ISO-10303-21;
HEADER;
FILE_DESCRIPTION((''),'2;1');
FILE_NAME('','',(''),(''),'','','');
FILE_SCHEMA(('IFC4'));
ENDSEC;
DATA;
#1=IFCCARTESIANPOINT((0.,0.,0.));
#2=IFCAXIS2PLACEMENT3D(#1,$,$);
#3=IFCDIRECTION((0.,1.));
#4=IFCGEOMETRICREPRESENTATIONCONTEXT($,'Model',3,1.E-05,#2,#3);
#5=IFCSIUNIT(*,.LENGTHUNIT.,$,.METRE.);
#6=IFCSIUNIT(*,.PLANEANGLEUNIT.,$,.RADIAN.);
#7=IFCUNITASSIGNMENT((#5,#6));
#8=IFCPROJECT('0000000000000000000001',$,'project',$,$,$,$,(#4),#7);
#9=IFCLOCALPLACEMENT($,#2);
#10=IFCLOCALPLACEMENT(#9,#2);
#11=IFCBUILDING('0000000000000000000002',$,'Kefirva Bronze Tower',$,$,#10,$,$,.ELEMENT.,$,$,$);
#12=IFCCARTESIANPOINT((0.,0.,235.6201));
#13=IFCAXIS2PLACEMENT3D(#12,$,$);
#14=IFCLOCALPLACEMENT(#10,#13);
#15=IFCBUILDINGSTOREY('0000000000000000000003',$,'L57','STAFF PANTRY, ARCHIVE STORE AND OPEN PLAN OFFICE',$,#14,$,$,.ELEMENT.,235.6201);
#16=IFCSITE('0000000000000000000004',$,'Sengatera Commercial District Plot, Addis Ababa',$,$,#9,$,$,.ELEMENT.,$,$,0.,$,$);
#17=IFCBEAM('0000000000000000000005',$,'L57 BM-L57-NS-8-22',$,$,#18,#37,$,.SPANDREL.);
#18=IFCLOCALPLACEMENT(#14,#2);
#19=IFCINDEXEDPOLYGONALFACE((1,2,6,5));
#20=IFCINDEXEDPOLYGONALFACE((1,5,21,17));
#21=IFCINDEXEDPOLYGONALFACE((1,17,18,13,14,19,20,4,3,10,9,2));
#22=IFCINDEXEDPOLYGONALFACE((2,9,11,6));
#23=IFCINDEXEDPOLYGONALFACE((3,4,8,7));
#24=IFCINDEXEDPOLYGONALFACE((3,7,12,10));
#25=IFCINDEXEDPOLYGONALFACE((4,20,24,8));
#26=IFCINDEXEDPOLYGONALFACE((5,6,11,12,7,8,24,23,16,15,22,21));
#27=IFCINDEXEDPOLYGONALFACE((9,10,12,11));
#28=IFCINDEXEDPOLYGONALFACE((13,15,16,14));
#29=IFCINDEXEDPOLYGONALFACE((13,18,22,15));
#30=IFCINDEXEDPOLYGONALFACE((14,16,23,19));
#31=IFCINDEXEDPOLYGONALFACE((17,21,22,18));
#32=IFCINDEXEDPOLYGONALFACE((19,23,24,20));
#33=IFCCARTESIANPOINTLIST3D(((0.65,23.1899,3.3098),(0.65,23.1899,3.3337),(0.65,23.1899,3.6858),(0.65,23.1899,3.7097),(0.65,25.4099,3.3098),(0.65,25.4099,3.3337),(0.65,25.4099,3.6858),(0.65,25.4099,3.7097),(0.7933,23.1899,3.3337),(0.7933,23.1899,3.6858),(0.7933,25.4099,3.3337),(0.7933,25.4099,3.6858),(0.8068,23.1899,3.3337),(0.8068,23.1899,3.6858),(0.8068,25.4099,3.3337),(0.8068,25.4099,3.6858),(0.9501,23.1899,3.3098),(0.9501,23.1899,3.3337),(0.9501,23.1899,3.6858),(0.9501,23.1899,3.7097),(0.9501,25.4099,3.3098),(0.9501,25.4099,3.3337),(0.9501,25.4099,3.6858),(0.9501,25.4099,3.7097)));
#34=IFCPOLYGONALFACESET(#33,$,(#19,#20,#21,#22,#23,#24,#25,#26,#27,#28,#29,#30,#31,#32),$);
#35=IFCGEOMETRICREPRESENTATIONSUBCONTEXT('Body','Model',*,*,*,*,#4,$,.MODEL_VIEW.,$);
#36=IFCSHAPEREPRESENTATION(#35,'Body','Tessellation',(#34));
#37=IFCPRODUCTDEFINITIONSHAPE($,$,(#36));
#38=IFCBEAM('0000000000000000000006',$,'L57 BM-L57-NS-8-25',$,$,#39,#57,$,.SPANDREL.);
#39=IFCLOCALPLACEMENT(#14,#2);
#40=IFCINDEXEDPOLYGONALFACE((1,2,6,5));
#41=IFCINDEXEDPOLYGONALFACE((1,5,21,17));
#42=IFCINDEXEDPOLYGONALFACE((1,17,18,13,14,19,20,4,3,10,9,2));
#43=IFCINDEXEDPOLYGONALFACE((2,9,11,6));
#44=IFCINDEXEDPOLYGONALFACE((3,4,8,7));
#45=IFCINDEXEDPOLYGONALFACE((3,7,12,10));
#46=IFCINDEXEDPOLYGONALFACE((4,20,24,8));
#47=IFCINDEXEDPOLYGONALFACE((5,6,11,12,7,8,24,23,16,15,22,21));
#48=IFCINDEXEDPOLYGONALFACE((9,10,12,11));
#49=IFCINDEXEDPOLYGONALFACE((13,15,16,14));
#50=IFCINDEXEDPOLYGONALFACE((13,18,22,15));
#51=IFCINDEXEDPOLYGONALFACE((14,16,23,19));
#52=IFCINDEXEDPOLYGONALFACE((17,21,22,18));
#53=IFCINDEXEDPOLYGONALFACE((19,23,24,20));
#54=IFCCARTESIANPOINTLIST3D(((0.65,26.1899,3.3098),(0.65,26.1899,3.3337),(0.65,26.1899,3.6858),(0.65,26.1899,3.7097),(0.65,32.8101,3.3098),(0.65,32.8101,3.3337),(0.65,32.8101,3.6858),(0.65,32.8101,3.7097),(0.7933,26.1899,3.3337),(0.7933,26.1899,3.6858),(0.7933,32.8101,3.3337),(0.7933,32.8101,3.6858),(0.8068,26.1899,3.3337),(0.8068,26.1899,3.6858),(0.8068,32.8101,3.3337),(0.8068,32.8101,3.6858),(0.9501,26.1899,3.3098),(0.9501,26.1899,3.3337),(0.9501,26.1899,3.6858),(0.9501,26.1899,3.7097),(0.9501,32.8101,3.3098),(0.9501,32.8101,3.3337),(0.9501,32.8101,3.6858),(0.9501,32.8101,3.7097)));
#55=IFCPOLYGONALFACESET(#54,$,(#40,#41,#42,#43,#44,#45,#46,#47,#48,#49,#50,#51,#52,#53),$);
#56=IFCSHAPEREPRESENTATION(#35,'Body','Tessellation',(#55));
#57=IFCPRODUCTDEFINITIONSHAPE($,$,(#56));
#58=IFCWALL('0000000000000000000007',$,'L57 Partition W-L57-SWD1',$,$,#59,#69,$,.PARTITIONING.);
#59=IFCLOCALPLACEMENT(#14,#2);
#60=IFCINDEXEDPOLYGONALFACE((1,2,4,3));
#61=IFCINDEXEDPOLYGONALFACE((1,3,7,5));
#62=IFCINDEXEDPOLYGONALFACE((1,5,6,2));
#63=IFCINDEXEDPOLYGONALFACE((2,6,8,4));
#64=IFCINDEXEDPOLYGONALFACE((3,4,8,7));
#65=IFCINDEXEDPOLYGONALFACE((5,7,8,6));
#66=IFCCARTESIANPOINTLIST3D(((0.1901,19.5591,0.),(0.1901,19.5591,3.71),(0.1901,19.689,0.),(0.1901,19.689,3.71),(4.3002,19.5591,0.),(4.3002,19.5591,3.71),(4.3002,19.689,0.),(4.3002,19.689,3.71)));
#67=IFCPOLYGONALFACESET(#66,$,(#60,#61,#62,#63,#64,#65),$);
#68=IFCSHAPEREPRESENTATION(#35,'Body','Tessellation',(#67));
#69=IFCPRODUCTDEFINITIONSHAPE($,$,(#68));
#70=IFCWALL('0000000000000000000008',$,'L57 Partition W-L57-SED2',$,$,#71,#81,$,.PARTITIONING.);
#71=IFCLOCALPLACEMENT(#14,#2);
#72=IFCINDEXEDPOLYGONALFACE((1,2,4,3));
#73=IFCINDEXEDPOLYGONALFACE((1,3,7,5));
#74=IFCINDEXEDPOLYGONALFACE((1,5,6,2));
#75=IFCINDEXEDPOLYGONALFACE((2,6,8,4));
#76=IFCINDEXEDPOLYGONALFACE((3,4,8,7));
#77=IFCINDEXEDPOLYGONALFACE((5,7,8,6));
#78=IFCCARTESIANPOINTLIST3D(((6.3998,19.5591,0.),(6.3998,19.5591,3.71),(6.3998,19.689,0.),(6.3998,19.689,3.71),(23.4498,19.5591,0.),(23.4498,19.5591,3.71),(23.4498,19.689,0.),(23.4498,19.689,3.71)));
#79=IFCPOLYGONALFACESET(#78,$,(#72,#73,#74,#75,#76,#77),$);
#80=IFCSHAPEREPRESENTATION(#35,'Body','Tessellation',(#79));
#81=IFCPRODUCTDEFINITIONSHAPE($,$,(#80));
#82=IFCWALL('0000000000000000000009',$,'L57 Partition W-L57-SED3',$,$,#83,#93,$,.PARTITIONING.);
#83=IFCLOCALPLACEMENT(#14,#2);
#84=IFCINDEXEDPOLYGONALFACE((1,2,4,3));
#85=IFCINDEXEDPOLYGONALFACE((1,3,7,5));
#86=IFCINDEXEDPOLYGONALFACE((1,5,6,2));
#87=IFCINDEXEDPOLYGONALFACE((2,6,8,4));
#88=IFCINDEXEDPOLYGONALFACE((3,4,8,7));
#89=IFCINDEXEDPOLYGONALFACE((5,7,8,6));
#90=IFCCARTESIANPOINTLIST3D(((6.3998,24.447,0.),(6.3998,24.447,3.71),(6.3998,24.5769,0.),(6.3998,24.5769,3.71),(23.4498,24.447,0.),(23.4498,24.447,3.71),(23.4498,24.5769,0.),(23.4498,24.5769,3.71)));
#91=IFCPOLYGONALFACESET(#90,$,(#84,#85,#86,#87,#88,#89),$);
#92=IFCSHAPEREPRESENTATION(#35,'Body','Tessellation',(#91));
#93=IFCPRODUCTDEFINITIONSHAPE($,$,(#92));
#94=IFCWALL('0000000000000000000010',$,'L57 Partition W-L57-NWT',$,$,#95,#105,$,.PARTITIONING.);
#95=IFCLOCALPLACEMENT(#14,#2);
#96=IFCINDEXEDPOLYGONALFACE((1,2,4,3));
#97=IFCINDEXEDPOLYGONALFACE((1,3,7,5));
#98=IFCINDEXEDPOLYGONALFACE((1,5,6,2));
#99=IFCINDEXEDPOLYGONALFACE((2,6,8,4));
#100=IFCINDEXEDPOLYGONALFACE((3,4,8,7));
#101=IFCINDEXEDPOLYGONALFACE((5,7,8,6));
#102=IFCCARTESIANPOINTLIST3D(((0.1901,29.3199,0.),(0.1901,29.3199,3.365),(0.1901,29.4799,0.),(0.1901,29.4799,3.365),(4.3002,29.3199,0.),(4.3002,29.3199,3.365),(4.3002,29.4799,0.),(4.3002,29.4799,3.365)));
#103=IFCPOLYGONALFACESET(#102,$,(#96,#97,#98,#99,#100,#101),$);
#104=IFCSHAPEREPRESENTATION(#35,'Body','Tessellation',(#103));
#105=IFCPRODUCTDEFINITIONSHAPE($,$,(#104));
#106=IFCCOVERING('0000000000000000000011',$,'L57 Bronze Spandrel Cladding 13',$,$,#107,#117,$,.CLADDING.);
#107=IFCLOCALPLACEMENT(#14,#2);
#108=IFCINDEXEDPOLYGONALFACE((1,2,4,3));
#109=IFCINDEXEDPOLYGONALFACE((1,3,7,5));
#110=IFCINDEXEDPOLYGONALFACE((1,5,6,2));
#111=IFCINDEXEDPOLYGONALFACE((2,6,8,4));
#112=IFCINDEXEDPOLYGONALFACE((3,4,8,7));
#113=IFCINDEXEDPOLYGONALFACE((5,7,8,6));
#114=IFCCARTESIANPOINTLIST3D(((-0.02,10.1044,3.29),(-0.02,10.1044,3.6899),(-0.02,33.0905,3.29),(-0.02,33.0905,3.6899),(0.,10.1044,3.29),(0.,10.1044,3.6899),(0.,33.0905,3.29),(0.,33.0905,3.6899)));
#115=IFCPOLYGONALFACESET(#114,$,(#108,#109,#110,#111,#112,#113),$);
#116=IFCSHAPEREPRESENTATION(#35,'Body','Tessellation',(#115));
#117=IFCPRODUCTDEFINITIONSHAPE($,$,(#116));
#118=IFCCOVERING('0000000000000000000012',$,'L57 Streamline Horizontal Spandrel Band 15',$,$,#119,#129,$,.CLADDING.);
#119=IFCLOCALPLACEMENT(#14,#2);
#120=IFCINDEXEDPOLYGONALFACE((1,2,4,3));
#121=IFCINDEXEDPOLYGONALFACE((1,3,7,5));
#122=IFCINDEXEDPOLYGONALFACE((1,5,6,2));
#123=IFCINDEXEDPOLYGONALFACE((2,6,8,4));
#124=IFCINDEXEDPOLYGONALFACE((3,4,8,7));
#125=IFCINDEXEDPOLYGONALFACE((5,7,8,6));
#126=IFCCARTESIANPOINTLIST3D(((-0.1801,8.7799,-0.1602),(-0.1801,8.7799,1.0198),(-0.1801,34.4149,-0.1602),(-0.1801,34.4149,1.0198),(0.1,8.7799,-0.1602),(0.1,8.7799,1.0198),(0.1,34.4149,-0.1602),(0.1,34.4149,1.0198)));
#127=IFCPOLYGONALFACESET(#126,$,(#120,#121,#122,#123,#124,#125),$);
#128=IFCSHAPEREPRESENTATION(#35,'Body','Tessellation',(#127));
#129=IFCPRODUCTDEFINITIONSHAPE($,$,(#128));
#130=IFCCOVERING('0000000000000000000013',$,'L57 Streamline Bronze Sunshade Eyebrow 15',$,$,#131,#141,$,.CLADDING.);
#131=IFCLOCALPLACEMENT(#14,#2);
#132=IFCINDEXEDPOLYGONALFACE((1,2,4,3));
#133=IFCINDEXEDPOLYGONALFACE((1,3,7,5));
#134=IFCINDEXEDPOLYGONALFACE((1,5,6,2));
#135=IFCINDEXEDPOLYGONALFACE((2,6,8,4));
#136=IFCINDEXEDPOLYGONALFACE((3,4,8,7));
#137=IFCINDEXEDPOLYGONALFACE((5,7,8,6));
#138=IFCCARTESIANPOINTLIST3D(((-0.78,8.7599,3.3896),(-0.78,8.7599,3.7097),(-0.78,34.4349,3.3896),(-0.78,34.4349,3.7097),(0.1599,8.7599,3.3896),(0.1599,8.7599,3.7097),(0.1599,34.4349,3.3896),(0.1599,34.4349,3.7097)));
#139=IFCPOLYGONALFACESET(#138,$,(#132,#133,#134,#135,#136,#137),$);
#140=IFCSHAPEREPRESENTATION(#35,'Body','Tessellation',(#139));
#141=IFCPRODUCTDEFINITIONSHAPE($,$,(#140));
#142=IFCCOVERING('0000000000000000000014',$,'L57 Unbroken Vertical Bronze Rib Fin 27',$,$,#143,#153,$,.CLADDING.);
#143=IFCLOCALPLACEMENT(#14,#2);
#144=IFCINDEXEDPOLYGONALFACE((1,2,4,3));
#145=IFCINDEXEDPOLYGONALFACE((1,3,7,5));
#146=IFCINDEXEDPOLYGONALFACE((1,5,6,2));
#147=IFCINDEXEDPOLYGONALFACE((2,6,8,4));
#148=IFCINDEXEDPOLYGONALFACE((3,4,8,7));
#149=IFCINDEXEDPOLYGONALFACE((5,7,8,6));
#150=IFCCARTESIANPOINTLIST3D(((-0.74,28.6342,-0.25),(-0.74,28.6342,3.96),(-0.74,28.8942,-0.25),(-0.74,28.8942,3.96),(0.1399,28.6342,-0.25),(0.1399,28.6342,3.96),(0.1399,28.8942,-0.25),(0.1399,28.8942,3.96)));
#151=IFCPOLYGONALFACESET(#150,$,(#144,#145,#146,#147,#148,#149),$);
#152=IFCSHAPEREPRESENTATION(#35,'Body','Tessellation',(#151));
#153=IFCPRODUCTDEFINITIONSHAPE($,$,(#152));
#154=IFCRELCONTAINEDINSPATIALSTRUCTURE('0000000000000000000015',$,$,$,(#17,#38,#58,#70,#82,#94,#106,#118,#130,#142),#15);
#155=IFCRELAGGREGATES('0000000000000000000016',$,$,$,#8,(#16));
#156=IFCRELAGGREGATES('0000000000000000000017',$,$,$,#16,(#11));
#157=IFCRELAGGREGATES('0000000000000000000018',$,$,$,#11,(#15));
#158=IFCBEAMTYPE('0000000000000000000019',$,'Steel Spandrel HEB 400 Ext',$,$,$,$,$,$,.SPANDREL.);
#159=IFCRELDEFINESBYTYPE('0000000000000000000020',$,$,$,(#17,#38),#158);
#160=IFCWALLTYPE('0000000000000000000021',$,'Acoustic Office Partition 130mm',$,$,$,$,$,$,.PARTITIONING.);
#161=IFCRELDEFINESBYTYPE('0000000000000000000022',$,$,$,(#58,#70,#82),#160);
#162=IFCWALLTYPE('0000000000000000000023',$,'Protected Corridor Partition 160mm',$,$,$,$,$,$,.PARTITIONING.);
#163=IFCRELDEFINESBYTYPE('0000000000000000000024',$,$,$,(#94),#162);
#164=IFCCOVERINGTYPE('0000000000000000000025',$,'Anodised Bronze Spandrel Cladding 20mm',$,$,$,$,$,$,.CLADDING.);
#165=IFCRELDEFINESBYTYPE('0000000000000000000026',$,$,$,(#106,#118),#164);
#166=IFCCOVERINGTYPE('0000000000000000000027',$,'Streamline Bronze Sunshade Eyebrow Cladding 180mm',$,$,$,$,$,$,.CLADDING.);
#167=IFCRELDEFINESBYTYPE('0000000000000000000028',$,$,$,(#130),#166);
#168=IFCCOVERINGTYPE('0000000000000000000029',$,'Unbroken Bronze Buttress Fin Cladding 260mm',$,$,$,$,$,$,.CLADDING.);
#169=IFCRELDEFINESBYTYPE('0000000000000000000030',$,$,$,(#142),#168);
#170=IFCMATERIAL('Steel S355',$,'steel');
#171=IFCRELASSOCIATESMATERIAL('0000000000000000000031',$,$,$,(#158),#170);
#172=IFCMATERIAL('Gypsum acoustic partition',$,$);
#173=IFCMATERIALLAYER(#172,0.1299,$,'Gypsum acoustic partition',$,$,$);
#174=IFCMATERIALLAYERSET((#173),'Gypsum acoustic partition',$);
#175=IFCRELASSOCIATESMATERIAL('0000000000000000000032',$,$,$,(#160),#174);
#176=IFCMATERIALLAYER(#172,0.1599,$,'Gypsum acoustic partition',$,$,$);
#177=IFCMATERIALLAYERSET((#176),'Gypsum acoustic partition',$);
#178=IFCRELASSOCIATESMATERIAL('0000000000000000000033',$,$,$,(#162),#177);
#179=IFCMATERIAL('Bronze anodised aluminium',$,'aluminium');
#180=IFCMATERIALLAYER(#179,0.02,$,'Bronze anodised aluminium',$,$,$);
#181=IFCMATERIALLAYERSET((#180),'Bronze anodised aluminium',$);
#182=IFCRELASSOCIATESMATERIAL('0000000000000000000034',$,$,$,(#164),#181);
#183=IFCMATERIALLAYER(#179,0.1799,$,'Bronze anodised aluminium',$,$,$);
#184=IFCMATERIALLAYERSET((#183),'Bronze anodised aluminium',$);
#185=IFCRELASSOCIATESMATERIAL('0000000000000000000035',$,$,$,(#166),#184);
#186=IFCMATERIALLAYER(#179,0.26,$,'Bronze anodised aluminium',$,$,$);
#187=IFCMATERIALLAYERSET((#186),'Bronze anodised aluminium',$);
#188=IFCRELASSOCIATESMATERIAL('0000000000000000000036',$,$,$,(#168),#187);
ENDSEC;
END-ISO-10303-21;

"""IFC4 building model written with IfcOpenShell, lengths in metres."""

from ifc_helpers import new_model, si_unit, direction, frame, frame_2d, origin, origin_2d, place, context, subcontext, project, spatial, rectangle, i_section, extrude, material, layer, layer_set, material_profile, profile_set, type_object, element, save


model = new_model("IFC4")

# Units and contexts
model_context = context("Model", 3, precision=1e-05, world=origin(), true_north=direction((0.0, 1.0)))
body_context = subcontext(model_context, "Body", "Model", "MODEL_VIEW")
ifc_project = project(units=[si_unit("LENGTHUNIT", "METRE"), si_unit("PLANEANGLEUNIT", "RADIAN")], contexts=[model_context])

# Site, building, storey
site_placement = place(None, origin())
site = spatial("IfcSite", under=ifc_project, at=site_placement, Name="Sengatera Commercial District Plot, Addis Ababa", CompositionType="ELEMENT", RefElevation=0.0)
building_placement = place(site_placement, origin())
building = spatial("IfcBuilding", under=site, at=building_placement, Name="Kefirva Bronze Tower", CompositionType="ELEMENT")
storey_placement = place(building_placement, frame((0.0, 0.0, 235.6201)))
storey = spatial("IfcBuildingStorey", under=building, at=storey_placement, Name="L57", Description="STAFF PANTRY, ARCHIVE STORE AND OPEN PLAN OFFICE", CompositionType="ELEMENT", Elevation=235.6201)

# Beams
ifc_material_1 = material(Name="Steel S355", Category="steel")
ifc_material_profile_1 = material_profile(ifc_material_1, i_section(OverallWidth=0.3, OverallDepth=0.3999, WebThickness=0.0134, FlangeThickness=0.0239, at=origin_2d()), Name="HEB 400")
ifc_profile_set_1 = profile_set([ifc_material_profile_1], Name="Steel S355")
beam_type_1 = type_object("IfcBeamType", Name="Steel Spandrel HEB 400 Ext", PredefinedType="SPANDREL", material=ifc_profile_set_1)
beam_1_placement = place(storey_placement, frame((0.8, 23.1899, 3.5098), z_axis=(0.0, 1.0, 0.0), x_axis=(-1.0, 0.0, 0.0)))
element("IfcBeam", 1, at=beam_1_placement, inside=storey, type_object=beam_type_1, Name="L57 BM-L57-NS-8-22", PredefinedType="SPANDREL", context=body_context, shape_type="SweptSolid", body=[
    extrude(i_section(OverallWidth=0.3, OverallDepth=0.3999, WebThickness=0.0134, FlangeThickness=0.0239, at=origin_2d()), origin(), (0.0, 0.0, 1.0), 2.22),
])
beam_2_placement = place(storey_placement, frame((0.8, 26.1899, 3.5098), z_axis=(0.0, 1.0, 0.0), x_axis=(-1.0, 0.0, 0.0)))
element("IfcBeam", 2, at=beam_2_placement, inside=storey, type_object=beam_type_1, Name="L57 BM-L57-NS-8-25", PredefinedType="SPANDREL", context=body_context, shape_type="SweptSolid", body=[
    extrude(i_section(OverallWidth=0.3, OverallDepth=0.3999, WebThickness=0.0134, FlangeThickness=0.0239, at=origin_2d()), origin(), (0.0, 0.0, 1.0), 6.6201),
])

# Walls
ifc_material_2 = material(Name="Gypsum acoustic partition")
ifc_layer_1 = layer(ifc_material_2, 0.1299, Name="Gypsum acoustic partition")
ifc_layer_set_1 = layer_set([ifc_layer_1], Name="Gypsum acoustic partition")
wall_type_1 = type_object("IfcWallType", Name="Acoustic Office Partition 130mm", PredefinedType="PARTITIONING", material=ifc_layer_set_1)
wall_1_placement = place(storey_placement, frame((0.1899, 19.624, 0.0), z_axis=(0.0, 0.0, 1.0), x_axis=(1.0, 0.0, 0.0)))
element("IfcWall", 3, at=wall_1_placement, inside=storey, type_object=wall_type_1, Name="L57 Partition W-L57-SWD1", PredefinedType="PARTITIONING", context=body_context, shape_type="SweptSolid", body=[
    extrude(rectangle(XDim=4.1101, YDim=0.1299, at=frame_2d((2.0552, 0.0))), origin(), (0.0, 0.0, 1.0), 3.71),
])
for number, where, z_axis, x_axis, name in (
    (4, (6.3999, 19.624, 0.0), (0.0, 0.0, 1.0), (1.0, 0.0, 0.0), "L57 Partition W-L57-SED2"),
    (5, (6.3999, 24.512, 0.0), (0.0, 0.0, 1.0), (1.0, 0.0, 0.0), "L57 Partition W-L57-SED3"),
):
    element("IfcWall", number, at=place(storey_placement, frame(where, z_axis=z_axis, x_axis=x_axis)), inside=storey, type_object=wall_type_1, Name=name, PredefinedType="PARTITIONING", context=body_context, shape_type="SweptSolid", body=[
        extrude(rectangle(XDim=17.05, YDim=0.1299, at=frame_2d((8.5249, 0.0))), origin(), (0.0, 0.0, 1.0), 3.71),
    ])
ifc_layer_2 = layer(ifc_material_2, 0.1599, Name="Gypsum acoustic partition")
ifc_layer_set_2 = layer_set([ifc_layer_2], Name="Gypsum acoustic partition")
wall_type_2 = type_object("IfcWallType", Name="Protected Corridor Partition 160mm", PredefinedType="PARTITIONING", material=ifc_layer_set_2)
wall_2_placement = place(storey_placement, frame((0.1899, 29.3999, 0.0), z_axis=(0.0, 0.0, 1.0), x_axis=(1.0, 0.0, 0.0)))
element("IfcWall", 6, at=wall_2_placement, inside=storey, type_object=wall_type_2, Name="L57 Partition W-L57-NWT", PredefinedType="PARTITIONING", context=body_context, shape_type="SweptSolid", body=[
    extrude(rectangle(XDim=4.1101, YDim=0.1599, at=frame_2d((2.0552, 0.0))), origin(), (0.0, 0.0, 1.0), 3.365),
])

# Coverings
ifc_material_3 = material(Name="Bronze anodised aluminium", Category="aluminium")
ifc_layer_3 = layer(ifc_material_3, 0.02, Name="Bronze anodised aluminium")
ifc_layer_set_3 = layer_set([ifc_layer_3], Name="Bronze anodised aluminium")
covering_type_1 = type_object("IfcCoveringType", Name="Anodised Bronze Spandrel Cladding 20mm", PredefinedType="CLADDING", material=ifc_layer_set_3)
covering_1_placement = place(storey_placement, frame((-0.01, 21.5974, 3.29), z_axis=(0.0, 0.0, 1.0), x_axis=(0.0, -1.0, 0.0)))
element("IfcCovering", 7, at=covering_1_placement, inside=storey, type_object=covering_type_1, Name="L57 Bronze Spandrel Cladding 13", PredefinedType="CLADDING", context=body_context, shape_type="SweptSolid", body=[
    extrude(rectangle(XDim=22.9861, YDim=0.02, at=origin_2d()), origin(), (0.0, 0.0, 1.0), 0.3999),
])
covering_2_placement = place(storey_placement, frame((-0.04, 21.5974, -0.1602), z_axis=(0.0, 0.0, 1.0), x_axis=(0.0, -1.0, 0.0)))
element("IfcCovering", 8, at=covering_2_placement, inside=storey, type_object=covering_type_1, Name="L57 Streamline Horizontal Spandrel Band 15", PredefinedType="CLADDING", context=body_context, shape_type="SweptSolid", body=[
    extrude(rectangle(XDim=25.635, YDim=0.28, at=origin_2d()), origin(), (0.0, 0.0, 1.0), 1.1799),
])
ifc_layer_4 = layer(ifc_material_3, 0.1799, Name="Bronze anodised aluminium")
ifc_layer_set_4 = layer_set([ifc_layer_4], Name="Bronze anodised aluminium")
covering_type_2 = type_object("IfcCoveringType", Name="Streamline Bronze Sunshade Eyebrow Cladding 180mm", PredefinedType="CLADDING", material=ifc_layer_set_4)
covering_3_placement = place(storey_placement, frame((-0.3101, 21.5974, 3.3896), z_axis=(0.0, 0.0, 1.0), x_axis=(0.0, -1.0, 0.0)))
element("IfcCovering", 9, at=covering_3_placement, inside=storey, type_object=covering_type_2, Name="L57 Streamline Bronze Sunshade Eyebrow 15", PredefinedType="CLADDING", context=body_context, shape_type="SweptSolid", body=[
    extrude(rectangle(XDim=25.675, YDim=0.9399, at=origin_2d()), origin(), (0.0, 0.0, 1.0), 0.3201),
])
ifc_layer_5 = layer(ifc_material_3, 0.26, Name="Bronze anodised aluminium")
ifc_layer_set_5 = layer_set([ifc_layer_5], Name="Bronze anodised aluminium")
covering_type_3 = type_object("IfcCoveringType", Name="Unbroken Bronze Buttress Fin Cladding 260mm", PredefinedType="CLADDING", material=ifc_layer_set_5)
covering_4_placement = place(storey_placement, frame((-0.3, 28.7642, -0.25), z_axis=(0.0, 0.0, 1.0), x_axis=(0.0, -1.0, 0.0)))
element("IfcCovering", 10, at=covering_4_placement, inside=storey, type_object=covering_type_3, Name="L57 Unbroken Vertical Bronze Rib Fin 27", PredefinedType="CLADDING", context=body_context, shape_type="SweptSolid", body=[
    extrude(rectangle(XDim=0.26, YDim=0.8799, at=origin_2d()), origin(), (0.0, 0.0, 1.0), 4.21),
])

save(model, "model.ifc")
